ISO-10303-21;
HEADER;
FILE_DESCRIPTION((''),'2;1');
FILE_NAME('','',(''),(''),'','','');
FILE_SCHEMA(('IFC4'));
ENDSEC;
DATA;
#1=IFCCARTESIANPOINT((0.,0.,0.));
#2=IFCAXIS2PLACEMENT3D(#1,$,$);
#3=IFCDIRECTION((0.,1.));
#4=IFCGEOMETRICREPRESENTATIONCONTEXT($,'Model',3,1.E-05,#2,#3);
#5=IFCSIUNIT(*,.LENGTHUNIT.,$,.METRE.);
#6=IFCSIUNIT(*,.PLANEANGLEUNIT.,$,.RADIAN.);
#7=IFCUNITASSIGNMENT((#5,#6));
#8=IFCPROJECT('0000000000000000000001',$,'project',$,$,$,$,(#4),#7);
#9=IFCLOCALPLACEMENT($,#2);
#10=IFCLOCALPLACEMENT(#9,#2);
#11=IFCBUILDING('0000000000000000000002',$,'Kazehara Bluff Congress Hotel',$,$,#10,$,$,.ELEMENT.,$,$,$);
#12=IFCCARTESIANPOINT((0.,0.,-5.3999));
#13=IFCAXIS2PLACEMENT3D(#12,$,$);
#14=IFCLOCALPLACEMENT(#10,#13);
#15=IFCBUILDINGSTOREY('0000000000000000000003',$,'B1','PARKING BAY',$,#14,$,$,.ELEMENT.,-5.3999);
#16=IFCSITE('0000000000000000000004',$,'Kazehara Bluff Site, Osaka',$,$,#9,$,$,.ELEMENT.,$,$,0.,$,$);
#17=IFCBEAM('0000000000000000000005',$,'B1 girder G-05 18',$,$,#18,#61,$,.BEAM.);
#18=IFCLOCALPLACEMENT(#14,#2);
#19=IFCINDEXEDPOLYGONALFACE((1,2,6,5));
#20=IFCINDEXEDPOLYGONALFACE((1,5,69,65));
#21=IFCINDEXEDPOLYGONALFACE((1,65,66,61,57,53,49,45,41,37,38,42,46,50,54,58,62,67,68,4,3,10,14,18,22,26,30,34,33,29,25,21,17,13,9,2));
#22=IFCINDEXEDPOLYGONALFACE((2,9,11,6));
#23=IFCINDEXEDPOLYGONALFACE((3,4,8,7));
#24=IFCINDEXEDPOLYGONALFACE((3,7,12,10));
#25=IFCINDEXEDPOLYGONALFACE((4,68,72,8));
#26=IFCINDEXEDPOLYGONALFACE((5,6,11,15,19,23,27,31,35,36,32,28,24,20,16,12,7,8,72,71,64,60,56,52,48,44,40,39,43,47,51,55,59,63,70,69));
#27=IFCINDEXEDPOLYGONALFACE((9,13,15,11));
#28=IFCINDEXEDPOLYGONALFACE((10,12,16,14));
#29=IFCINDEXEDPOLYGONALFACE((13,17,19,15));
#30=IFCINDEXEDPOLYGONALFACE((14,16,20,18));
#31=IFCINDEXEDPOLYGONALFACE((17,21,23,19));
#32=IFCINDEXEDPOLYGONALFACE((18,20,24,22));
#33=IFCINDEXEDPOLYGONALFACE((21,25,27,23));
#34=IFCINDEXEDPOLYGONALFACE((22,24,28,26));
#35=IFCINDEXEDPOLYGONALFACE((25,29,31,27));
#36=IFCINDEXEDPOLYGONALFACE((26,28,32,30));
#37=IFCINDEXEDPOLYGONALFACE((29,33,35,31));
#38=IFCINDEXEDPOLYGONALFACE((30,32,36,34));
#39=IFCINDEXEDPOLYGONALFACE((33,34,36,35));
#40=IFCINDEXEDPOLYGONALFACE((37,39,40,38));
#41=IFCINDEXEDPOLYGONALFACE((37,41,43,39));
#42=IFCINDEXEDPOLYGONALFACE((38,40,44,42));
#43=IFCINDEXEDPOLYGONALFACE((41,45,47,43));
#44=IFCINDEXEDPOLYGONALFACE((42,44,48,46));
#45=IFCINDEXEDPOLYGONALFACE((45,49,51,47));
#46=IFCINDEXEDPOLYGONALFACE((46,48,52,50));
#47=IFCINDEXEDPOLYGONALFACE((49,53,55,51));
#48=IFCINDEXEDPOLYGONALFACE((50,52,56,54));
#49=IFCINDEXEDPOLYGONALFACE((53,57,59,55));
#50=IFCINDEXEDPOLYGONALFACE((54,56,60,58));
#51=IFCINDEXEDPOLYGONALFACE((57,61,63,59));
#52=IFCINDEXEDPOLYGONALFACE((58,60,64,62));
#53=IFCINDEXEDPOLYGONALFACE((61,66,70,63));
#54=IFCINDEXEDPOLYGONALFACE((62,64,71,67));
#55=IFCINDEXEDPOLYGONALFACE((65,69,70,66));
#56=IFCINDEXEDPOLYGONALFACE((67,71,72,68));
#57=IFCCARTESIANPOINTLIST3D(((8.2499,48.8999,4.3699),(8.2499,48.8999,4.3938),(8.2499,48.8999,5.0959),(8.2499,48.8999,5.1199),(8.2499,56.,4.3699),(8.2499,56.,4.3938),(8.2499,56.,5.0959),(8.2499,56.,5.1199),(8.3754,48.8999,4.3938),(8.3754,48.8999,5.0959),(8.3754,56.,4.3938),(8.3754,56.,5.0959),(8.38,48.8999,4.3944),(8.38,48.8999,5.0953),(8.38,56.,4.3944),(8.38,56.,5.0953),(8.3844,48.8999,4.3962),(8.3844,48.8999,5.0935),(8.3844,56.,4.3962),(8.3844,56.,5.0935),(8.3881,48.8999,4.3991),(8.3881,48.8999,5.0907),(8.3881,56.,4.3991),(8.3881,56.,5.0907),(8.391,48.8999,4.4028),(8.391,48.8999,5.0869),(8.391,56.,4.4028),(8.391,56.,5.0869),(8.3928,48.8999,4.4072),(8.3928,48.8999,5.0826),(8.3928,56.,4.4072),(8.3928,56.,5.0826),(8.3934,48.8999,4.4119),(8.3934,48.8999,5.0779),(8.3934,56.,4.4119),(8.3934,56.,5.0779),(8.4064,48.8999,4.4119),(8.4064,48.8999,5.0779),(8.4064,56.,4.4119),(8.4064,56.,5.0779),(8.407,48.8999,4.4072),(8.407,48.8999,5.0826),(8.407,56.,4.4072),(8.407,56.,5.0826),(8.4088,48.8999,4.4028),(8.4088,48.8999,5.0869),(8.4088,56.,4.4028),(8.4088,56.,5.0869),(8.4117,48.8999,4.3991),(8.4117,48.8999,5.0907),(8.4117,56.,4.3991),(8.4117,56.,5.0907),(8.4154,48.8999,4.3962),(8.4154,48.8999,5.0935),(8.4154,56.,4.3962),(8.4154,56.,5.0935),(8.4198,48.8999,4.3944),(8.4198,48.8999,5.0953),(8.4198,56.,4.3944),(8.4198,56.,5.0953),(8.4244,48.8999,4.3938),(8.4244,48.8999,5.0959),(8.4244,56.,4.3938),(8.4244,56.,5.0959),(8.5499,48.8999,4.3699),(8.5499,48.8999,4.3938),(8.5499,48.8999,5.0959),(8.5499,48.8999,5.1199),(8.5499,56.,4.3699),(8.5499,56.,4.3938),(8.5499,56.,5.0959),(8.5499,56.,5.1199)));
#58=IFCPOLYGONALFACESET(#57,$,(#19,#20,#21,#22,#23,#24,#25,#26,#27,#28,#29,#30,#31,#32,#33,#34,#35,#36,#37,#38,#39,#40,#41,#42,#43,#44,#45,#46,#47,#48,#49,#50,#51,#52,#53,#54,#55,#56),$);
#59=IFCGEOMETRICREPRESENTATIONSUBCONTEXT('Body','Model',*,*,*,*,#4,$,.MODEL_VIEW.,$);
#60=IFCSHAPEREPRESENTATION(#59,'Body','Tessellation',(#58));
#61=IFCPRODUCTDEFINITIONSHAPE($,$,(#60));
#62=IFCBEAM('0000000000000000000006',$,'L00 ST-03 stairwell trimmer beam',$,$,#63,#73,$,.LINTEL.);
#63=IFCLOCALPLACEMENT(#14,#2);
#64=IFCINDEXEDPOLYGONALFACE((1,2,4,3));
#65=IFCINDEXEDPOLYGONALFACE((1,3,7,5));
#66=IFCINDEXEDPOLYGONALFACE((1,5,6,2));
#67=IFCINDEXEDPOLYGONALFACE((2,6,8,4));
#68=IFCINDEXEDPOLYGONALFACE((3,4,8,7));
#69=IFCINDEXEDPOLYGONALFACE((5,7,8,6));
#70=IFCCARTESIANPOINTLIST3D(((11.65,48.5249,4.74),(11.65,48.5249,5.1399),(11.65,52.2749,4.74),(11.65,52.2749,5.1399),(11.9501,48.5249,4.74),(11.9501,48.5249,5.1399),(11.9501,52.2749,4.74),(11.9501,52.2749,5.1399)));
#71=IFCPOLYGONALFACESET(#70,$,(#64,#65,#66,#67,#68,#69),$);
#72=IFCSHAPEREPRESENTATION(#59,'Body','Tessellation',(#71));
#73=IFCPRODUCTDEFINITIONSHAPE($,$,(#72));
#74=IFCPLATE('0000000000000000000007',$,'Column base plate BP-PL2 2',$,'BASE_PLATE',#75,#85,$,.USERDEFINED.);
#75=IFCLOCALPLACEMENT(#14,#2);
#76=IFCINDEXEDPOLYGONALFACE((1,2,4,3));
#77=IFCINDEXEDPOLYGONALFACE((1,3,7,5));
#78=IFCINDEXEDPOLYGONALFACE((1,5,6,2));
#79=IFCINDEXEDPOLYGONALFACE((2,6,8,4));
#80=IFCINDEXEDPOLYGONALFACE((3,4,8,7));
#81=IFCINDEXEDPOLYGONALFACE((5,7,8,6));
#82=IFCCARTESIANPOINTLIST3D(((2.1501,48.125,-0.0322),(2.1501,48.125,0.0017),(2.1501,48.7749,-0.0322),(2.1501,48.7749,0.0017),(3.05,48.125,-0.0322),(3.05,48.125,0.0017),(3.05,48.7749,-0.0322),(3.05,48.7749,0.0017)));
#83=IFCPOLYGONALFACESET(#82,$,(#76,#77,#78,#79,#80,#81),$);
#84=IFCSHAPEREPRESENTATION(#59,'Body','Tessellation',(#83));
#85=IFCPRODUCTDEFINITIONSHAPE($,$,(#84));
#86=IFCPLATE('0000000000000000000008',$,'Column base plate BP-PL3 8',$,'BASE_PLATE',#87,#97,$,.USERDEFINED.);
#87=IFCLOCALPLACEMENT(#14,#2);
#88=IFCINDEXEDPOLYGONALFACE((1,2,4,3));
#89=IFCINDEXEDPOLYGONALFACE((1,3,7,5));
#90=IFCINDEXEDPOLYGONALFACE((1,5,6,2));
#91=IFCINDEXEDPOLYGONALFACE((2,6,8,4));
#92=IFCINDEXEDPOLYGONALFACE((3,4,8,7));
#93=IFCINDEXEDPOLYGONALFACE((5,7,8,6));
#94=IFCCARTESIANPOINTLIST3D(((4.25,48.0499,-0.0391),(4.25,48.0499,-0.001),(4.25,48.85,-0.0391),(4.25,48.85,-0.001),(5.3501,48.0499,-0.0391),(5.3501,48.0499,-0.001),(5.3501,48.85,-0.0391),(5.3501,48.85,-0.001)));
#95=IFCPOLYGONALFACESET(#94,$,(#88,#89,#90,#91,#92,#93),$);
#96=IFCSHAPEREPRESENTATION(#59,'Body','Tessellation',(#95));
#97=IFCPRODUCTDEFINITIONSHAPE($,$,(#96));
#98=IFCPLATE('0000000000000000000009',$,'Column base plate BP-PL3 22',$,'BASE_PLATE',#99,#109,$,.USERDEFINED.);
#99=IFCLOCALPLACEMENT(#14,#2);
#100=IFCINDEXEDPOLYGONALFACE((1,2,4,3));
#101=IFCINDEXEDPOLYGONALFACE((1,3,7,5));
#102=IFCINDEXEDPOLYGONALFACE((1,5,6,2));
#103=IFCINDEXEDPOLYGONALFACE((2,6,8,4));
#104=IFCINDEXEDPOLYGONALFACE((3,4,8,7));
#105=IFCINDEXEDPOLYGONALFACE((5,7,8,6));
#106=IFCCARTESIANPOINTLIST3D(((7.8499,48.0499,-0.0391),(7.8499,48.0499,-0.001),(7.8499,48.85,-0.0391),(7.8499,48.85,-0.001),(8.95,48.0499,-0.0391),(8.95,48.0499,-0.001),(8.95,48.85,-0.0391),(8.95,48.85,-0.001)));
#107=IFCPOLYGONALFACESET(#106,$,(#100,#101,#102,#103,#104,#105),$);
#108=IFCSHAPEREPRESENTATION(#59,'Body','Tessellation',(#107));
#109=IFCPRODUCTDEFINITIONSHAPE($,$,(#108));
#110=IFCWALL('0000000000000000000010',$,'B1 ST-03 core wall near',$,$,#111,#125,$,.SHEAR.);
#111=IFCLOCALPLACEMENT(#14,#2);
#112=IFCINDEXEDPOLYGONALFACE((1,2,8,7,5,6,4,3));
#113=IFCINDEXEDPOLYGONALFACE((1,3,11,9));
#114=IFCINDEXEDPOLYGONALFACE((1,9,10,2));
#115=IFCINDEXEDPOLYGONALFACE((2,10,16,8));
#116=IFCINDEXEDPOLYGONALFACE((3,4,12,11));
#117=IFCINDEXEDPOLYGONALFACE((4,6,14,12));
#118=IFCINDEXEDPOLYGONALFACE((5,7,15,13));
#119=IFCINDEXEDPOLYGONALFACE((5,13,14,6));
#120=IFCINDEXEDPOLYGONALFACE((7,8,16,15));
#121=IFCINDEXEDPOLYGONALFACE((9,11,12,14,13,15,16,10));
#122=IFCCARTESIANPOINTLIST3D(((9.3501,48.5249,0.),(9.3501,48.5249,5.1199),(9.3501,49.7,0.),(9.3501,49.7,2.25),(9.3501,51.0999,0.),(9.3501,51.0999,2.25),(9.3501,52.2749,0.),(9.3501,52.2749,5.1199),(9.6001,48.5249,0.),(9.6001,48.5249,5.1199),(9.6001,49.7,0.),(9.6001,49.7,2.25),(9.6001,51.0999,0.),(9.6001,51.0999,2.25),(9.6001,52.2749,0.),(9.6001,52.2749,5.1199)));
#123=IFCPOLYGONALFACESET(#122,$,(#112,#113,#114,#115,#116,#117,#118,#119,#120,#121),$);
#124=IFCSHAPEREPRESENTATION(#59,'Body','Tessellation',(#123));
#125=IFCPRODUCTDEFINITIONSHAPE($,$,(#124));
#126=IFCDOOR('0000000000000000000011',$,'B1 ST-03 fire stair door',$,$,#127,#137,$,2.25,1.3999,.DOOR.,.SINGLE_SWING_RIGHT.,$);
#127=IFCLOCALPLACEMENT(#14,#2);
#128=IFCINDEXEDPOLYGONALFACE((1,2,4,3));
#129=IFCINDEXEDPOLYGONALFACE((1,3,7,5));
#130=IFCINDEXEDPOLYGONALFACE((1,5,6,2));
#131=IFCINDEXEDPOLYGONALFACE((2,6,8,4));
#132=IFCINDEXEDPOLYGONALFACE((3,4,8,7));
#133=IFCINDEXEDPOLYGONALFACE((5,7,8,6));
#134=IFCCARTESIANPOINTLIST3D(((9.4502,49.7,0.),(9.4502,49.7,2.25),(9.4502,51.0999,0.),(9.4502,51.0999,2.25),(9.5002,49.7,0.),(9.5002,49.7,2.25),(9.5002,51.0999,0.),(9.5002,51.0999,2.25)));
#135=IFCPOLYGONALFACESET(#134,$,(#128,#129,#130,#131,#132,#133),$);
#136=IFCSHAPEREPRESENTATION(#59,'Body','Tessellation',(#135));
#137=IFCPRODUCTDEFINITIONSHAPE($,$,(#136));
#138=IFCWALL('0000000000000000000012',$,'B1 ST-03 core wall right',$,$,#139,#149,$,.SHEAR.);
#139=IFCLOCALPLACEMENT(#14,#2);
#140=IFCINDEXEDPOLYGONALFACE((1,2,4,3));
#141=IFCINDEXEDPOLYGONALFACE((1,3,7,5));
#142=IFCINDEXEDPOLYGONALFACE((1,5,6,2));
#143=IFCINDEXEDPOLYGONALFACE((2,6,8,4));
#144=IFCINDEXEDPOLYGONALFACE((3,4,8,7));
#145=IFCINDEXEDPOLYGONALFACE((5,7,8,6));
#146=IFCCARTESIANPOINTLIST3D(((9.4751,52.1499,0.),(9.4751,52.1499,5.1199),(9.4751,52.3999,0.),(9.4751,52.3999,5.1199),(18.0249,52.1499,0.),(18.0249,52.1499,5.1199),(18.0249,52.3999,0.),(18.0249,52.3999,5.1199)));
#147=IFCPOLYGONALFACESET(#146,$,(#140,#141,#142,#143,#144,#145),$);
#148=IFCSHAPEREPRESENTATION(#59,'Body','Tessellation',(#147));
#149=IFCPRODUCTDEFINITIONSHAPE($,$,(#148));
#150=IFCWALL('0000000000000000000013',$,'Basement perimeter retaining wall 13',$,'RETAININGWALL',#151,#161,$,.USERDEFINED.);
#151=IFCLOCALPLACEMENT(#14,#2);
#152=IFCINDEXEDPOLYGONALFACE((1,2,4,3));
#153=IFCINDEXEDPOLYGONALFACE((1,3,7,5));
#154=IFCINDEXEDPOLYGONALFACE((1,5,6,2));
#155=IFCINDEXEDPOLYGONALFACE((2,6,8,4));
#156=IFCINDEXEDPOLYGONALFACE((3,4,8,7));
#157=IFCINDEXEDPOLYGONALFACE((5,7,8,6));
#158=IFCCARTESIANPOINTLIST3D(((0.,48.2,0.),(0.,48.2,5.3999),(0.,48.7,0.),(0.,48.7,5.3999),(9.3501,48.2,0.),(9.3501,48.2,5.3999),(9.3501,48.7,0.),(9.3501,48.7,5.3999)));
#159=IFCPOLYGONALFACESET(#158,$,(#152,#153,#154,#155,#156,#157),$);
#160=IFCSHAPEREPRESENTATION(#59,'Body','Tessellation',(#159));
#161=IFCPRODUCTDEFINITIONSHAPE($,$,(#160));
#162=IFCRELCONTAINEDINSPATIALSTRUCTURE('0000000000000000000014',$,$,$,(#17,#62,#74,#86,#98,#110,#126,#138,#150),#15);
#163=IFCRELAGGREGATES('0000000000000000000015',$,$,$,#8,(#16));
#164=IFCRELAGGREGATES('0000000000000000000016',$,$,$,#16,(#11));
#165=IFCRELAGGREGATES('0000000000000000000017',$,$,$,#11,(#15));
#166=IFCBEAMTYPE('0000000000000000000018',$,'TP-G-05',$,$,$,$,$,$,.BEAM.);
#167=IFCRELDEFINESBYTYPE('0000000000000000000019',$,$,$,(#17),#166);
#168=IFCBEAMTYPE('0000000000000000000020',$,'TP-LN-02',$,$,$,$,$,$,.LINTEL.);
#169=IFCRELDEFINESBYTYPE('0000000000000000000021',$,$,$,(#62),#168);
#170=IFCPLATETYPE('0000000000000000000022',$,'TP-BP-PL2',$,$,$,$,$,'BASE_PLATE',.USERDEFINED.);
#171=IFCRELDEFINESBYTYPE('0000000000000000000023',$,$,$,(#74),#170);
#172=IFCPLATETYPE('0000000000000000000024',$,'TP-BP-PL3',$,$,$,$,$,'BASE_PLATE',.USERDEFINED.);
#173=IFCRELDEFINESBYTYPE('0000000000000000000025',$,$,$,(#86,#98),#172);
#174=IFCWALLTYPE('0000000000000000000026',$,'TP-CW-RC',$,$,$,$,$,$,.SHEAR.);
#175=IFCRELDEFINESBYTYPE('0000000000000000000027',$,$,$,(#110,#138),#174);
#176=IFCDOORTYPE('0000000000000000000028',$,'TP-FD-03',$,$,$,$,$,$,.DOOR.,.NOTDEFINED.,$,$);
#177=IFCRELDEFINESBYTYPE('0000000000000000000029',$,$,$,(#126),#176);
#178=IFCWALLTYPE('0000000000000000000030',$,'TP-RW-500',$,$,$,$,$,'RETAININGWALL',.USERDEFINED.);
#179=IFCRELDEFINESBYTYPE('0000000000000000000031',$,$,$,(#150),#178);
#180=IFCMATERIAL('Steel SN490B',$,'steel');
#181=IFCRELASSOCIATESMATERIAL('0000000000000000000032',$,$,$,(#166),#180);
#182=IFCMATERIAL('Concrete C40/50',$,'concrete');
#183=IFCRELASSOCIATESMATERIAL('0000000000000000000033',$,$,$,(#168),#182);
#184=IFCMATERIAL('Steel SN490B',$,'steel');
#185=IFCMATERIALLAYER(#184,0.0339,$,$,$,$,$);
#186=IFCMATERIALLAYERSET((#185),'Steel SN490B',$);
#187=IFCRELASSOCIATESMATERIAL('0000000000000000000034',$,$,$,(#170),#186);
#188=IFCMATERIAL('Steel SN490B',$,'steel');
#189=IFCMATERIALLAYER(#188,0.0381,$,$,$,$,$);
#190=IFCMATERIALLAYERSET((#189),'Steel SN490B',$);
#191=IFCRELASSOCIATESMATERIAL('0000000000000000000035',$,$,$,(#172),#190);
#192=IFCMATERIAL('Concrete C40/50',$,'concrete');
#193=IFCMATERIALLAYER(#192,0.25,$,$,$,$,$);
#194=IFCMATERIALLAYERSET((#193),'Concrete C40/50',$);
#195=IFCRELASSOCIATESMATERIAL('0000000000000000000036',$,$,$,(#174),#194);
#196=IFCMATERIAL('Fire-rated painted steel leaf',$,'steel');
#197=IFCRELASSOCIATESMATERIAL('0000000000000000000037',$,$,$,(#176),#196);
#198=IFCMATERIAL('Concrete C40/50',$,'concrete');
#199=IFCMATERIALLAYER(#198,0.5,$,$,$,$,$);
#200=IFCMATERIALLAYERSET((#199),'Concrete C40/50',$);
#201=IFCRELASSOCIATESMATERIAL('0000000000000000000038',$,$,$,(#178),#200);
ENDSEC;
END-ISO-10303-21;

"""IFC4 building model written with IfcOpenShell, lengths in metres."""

from ifc_helpers import new_model, si_unit, direction, frame, frame_2d, origin, origin_2d, place, context, subcontext, project, spatial, rectangle, i_section, extrude, material, layer, layer_set, material_profile, profile_set, type_object, element, fill, save


model = new_model("IFC4")

# Units and contexts
model_context = context("Model", 3, precision=1e-05, world=origin(), true_north=direction((0.0, 1.0)))
body_context = subcontext(model_context, "Body", "Model", "MODEL_VIEW")
ifc_project = project(units=[si_unit("LENGTHUNIT", "METRE"), si_unit("PLANEANGLEUNIT", "RADIAN")], contexts=[model_context])

# Site, building, storey
site_placement = place(None, origin())
site = spatial("IfcSite", under=ifc_project, at=site_placement, Name="Kazehara Bluff Site, Osaka", CompositionType="ELEMENT", RefElevation=0.0)
building_placement = place(site_placement, origin())
building = spatial("IfcBuilding", under=site, at=building_placement, Name="Kazehara Bluff Congress Hotel", CompositionType="ELEMENT")
storey_placement = place(building_placement, frame((0.0, 0.0, -5.3999)))
storey = spatial("IfcBuildingStorey", under=building, at=storey_placement, Name="B1", Description="PARKING BAY", CompositionType="ELEMENT", Elevation=-5.3999)

# Beams
ifc_material_1 = material(Name="Steel SN490B", Category="steel")
ifc_material_profile_1 = material_profile(ifc_material_1, i_section(OverallWidth=0.3, OverallDepth=0.75, WebThickness=0.0129, FlangeThickness=0.0239, FilletRadius=0.0181, at=origin_2d()))
ifc_profile_set_1 = profile_set([ifc_material_profile_1], Name="Steel SN490B")
beam_type_1 = type_object("IfcBeamType", Name="TP-G-05", PredefinedType="BEAM", material=ifc_profile_set_1)
for number, where, z_axis, x_axis, name in (
    (1, (8.3999, 48.8999, 4.7449), (0.0, 1.0, 0.0), (-1.0, 0.0, 0.0), "B1 girder G-05 18"),
):
    element("IfcBeam", number, at=place(storey_placement, frame(where, z_axis=z_axis, x_axis=x_axis)), inside=storey, type_object=beam_type_1, Name=name, PredefinedType="BEAM", context=body_context, shape_type="SweptSolid", body=[
        extrude(i_section(OverallWidth=0.3, OverallDepth=0.75, WebThickness=0.0129, FlangeThickness=0.0239, FilletRadius=0.0181, at=origin_2d()), origin(), (0.0, 0.0, 1.0), 7.1001),
    ])
ifc_material_2 = material(Name="Concrete C40/50", Category="concrete")
ifc_material_profile_2 = material_profile(ifc_material_2, rectangle(XDim=0.3, YDim=0.3999, at=origin_2d()))
ifc_profile_set_2 = profile_set([ifc_material_profile_2], Name="Concrete C40/50")
beam_type_2 = type_object("IfcBeamType", Name="TP-LN-02", PredefinedType="LINTEL", material=ifc_profile_set_2)
beam_placement = place(storey_placement, frame((11.8, 48.5249, 4.9399), z_axis=(0.0, 1.0, 0.0), x_axis=(-1.0, 0.0, 0.0)))
element("IfcBeam", 2, at=beam_placement, inside=storey, type_object=beam_type_2, Name="L00 ST-03 stairwell trimmer beam", PredefinedType="LINTEL", context=body_context, shape_type="SweptSolid", body=[
    extrude(rectangle(XDim=0.3, YDim=0.3999, at=origin_2d()), origin(), (0.0, 0.0, 1.0), 3.75),
])

# Plates
ifc_material_3 = material(Name="Steel SN490B", Category="steel")
ifc_layer_1 = layer(ifc_material_3, 0.0339)
ifc_layer_set_1 = layer_set([ifc_layer_1], Name="Steel SN490B")
plate_type_1 = type_object("IfcPlateType", Name="TP-BP-PL2", ElementType="BASE_PLATE", PredefinedType="USERDEFINED", material=ifc_layer_set_1)
plate_placement = place(storey_placement, frame((2.6001, 48.45, -0.0322), z_axis=(0.0, 0.0, 1.0), x_axis=(1.0, 0.0, 0.0)))
element("IfcPlate", 3, at=plate_placement, inside=storey, type_object=plate_type_1, Name="Column base plate BP-PL2 2", ObjectType="BASE_PLATE", PredefinedType="USERDEFINED", context=body_context, shape_type="SweptSolid", body=[
    extrude(rectangle(XDim=0.8999, YDim=0.6499, at=origin_2d()), origin(), (0.0, 0.0, 1.0), 0.0339),
])
ifc_material_4 = material(Name="Steel SN490B", Category="steel")
ifc_layer_2 = layer(ifc_material_4, 0.0381)
ifc_layer_set_2 = layer_set([ifc_layer_2], Name="Steel SN490B")
plate_type_2 = type_object("IfcPlateType", Name="TP-BP-PL3", ElementType="BASE_PLATE", PredefinedType="USERDEFINED", material=ifc_layer_set_2)
for number, where, z_axis, x_axis, name in (
    (4, (4.8, 48.45, -0.0391), (0.0, 0.0, 1.0), (1.0, 0.0, 0.0), "Column base plate BP-PL3 8"),
    (5, (8.3999, 48.45, -0.0391), (0.0, 0.0, 1.0), (1.0, 0.0, 0.0), "Column base plate BP-PL3 22"),
):
    element("IfcPlate", number, at=place(storey_placement, frame(where, z_axis=z_axis, x_axis=x_axis)), inside=storey, type_object=plate_type_2, Name=name, ObjectType="BASE_PLATE", PredefinedType="USERDEFINED", context=body_context, shape_type="SweptSolid", body=[
        extrude(rectangle(XDim=1.1001, YDim=0.8, at=origin_2d()), origin(), (0.0, 0.0, 1.0), 0.0381),
    ])

# Wall, opening, door
ifc_material_5 = material(Name="Concrete C40/50", Category="concrete")
ifc_layer_3 = layer(ifc_material_5, 0.25)
ifc_layer_set_3 = layer_set([ifc_layer_3], Name="Concrete C40/50")
wall_type_1 = type_object("IfcWallType", Name="TP-CW-RC", PredefinedType="SHEAR", material=ifc_layer_set_3)
wall_1_placement = place(storey_placement, frame((9.4751, 48.5249, 0.0), z_axis=(0.0, 0.0, 1.0), x_axis=(0.0, 1.0, 0.0)))
wall_1 = element("IfcWall", 6, at=wall_1_placement, inside=storey, type_object=wall_type_1, Name="B1 ST-03 core wall near", PredefinedType="SHEAR", context=body_context, shape_type="SweptSolid", body=[
    extrude(rectangle(XDim=3.75, YDim=0.25, at=frame_2d((1.875, 0.0))), origin(), (0.0, 0.0, 1.0), 5.1199),
])
opening_placement = place(wall_1_placement, frame((1.175, 0.0, 0.0)))
opening = element("IfcOpeningElement", 7, at=opening_placement, cuts=wall_1, PredefinedType="OPENING", context=body_context, shape_type="SweptSolid", body=[
    extrude(rectangle(XDim=1.3999, YDim=2.25, at=frame_2d((0.7, 1.125))), frame((0.0, 0.135, 0.0), z_axis=(0.0, -1.0, 0.0), x_axis=(1.0, 0.0, 0.0)), (0.0, 0.0, 1.0), 0.27),
])
ifc_material_6 = material(Name="Fire-rated painted steel leaf", Category="steel")
door_type = type_object("IfcDoorType", Name="TP-FD-03", OperationType="NOTDEFINED", PredefinedType="DOOR", material=ifc_material_6)
door_placement = place(opening_placement, origin())
door = element("IfcDoor", 8, at=door_placement, inside=storey, type_object=door_type, Name="B1 ST-03 fire stair door", OperationType="SINGLE_SWING_RIGHT", OverallHeight=2.25, OverallWidth=1.3999, PredefinedType="DOOR", context=body_context, shape_type="SweptSolid", body=[
    extrude(rectangle(XDim=1.3999, YDim=2.25, at=frame_2d((0.7, 1.125))), frame((0.0, 0.0249, 0.0), z_axis=(0.0, -1.0, 0.0), x_axis=(1.0, 0.0, 0.0)), (0.0, 0.0, 1.0), 0.05),
])
fill(opening, door)

# Walls
wall_2_placement = place(storey_placement, frame((9.4751, 52.2749, 0.0), z_axis=(0.0, 0.0, 1.0), x_axis=(1.0, 0.0, 0.0)))
element("IfcWall", 9, at=wall_2_placement, inside=storey, type_object=wall_type_1, Name="B1 ST-03 core wall right", PredefinedType="SHEAR", context=body_context, shape_type="SweptSolid", body=[
    extrude(rectangle(XDim=8.5498, YDim=0.25, at=frame_2d((4.2749, 0.0))), origin(), (0.0, 0.0, 1.0), 5.1199),
])
ifc_material_7 = material(Name="Concrete C40/50", Category="concrete")
ifc_layer_4 = layer(ifc_material_7, 0.5)
ifc_layer_set_4 = layer_set([ifc_layer_4], Name="Concrete C40/50")
wall_type_2 = type_object("IfcWallType", Name="TP-RW-500", ElementType="RETAININGWALL", PredefinedType="USERDEFINED", material=ifc_layer_set_4)
wall_3_placement = place(storey_placement, frame((0.0, 48.45, 0.0), z_axis=(0.0, 0.0, 1.0), x_axis=(1.0, 0.0, 0.0)))
element("IfcWall", 10, at=wall_3_placement, inside=storey, type_object=wall_type_2, Name="Basement perimeter retaining wall 13", ObjectType="RETAININGWALL", PredefinedType="USERDEFINED", context=body_context, shape_type="SweptSolid", body=[
    extrude(rectangle(XDim=9.3501, YDim=0.5, at=frame_2d((4.675, 0.0))), origin(), (0.0, 0.0, 1.0), 5.3999),
])

save(model, "model.ifc")
